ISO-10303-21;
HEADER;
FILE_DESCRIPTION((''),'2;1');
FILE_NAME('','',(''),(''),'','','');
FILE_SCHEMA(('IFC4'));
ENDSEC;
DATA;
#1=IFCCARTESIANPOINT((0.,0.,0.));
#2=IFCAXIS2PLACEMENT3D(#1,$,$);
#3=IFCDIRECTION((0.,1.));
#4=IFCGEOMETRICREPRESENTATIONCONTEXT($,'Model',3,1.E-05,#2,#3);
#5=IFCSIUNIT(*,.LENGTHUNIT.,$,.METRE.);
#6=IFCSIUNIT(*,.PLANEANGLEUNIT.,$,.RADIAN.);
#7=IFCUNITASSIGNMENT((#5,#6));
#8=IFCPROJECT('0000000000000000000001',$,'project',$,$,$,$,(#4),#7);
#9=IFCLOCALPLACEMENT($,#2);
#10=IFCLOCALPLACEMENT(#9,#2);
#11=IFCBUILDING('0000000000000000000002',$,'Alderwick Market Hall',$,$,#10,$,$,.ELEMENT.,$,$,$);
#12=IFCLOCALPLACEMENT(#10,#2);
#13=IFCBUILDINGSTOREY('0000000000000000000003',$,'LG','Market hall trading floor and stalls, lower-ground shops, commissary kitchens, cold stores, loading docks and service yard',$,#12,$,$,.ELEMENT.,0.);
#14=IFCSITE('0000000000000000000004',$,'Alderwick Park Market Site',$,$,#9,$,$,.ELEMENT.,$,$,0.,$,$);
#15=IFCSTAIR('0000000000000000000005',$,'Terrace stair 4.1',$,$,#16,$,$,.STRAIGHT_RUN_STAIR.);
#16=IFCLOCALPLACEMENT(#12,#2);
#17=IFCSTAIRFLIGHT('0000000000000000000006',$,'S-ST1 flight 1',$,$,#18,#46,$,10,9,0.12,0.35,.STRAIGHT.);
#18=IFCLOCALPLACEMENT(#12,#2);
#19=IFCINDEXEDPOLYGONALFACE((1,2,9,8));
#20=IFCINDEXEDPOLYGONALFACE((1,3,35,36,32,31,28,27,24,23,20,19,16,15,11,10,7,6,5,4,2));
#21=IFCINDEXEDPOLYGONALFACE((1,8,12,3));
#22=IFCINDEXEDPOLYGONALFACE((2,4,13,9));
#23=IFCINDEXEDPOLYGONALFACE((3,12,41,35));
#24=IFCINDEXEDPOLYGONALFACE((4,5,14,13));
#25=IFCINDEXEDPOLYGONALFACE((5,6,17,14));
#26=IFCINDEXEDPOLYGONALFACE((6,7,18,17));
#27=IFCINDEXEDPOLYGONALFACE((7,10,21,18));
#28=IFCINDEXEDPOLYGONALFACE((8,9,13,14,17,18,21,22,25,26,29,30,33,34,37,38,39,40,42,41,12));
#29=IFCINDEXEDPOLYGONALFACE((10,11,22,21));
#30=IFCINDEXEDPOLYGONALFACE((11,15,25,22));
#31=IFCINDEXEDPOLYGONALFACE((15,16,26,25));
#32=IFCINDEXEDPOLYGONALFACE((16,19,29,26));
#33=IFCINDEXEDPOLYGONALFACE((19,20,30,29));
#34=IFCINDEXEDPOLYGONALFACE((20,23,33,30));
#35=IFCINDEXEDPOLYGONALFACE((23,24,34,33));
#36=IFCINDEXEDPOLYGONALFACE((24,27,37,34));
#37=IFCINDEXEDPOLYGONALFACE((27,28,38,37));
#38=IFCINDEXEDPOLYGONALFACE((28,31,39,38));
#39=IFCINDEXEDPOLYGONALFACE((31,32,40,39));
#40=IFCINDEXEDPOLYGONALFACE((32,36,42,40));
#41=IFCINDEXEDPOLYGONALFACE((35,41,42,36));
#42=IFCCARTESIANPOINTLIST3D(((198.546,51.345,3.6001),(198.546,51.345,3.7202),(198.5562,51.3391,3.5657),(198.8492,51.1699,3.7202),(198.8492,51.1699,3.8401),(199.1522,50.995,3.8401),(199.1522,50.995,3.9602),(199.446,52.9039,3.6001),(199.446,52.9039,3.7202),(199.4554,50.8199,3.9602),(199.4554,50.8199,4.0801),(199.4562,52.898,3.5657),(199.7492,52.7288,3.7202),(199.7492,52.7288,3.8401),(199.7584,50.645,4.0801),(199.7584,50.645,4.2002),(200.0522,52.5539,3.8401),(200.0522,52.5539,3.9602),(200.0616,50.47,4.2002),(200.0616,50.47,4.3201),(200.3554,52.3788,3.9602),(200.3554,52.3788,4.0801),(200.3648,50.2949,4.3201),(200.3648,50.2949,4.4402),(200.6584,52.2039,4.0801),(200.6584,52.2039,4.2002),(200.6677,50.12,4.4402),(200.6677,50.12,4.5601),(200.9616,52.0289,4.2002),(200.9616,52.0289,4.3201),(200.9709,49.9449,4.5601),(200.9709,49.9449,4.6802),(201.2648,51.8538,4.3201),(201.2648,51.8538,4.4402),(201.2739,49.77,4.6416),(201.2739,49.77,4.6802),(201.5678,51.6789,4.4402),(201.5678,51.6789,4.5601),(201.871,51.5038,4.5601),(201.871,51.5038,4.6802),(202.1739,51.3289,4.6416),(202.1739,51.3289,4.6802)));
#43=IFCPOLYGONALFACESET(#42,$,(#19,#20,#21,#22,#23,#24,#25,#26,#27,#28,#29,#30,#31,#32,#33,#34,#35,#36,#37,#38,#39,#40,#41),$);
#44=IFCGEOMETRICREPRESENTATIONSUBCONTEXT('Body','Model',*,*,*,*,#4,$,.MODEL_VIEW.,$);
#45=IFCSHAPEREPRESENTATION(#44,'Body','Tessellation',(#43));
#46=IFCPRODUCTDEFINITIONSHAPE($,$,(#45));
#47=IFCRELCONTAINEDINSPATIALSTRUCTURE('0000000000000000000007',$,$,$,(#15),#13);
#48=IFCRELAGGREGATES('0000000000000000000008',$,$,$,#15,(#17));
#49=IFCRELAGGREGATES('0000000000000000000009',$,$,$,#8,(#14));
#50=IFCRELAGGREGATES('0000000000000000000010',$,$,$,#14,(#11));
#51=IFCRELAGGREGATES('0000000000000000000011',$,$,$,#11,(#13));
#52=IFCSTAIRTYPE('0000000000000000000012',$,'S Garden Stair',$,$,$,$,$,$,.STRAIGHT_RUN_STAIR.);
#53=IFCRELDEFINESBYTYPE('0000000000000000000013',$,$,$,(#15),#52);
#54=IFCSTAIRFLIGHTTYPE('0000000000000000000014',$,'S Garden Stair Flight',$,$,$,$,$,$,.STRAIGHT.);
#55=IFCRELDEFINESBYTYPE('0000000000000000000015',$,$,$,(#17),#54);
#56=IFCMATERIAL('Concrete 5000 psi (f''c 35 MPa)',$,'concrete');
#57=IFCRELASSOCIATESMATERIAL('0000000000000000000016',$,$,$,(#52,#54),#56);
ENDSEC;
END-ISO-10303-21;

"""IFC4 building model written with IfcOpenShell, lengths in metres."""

from ifc_helpers import new_model, si_unit, direction, frame, origin, place, context, subcontext, project, spatial, polyline, outline, extrude, material, type_object, element, aggregate, save


model = new_model("IFC4")

# Units and contexts
model_context = context("Model", 3, precision=1e-05, world=origin(), true_north=direction((0.0, 1.0)))
body_context = subcontext(model_context, "Body", "Model", "MODEL_VIEW")
ifc_project = project(units=[si_unit("LENGTHUNIT", "METRE"), si_unit("PLANEANGLEUNIT", "RADIAN")], contexts=[model_context])

# Site, building, storey
site_placement = place(None, origin())
site = spatial("IfcSite", under=ifc_project, at=site_placement, Name="Alderwick Park Market Site", CompositionType="ELEMENT", RefElevation=0.0)
building_placement = place(site_placement, origin())
building = spatial("IfcBuilding", under=site, at=building_placement, Name="Alderwick Market Hall", CompositionType="ELEMENT")
storey_placement = place(building_placement, origin())
storey = spatial("IfcBuildingStorey", under=building, at=storey_placement, Name="LG", Description="Market hall trading floor and stalls, lower-ground shops, commissary kitchens, cold stores, loading docks and service yard", CompositionType="ELEMENT", Elevation=0.0)

# Shared definitions
ifc_material_1 = material(Name="Concrete 5000 psi (f'c 35 MPa)", Category="concrete")

# Stair, stair flight
stair_type = type_object("IfcStairType", Name="S Garden Stair", PredefinedType="STRAIGHT_RUN_STAIR", material=ifc_material_1)
stair_flight_type = type_object("IfcStairFlightType", Name="S Garden Stair Flight", PredefinedType="STRAIGHT", material=ifc_material_1)
stair_1_placement = place(storey_placement, origin())
stair_1 = element("IfcStair", 1, at=stair_1_placement, inside=storey, type_object=stair_type, Name="Terrace stair 4.1", PredefinedType="STRAIGHT_RUN_STAIR")
stair_flight_1_placement = place(storey_placement, frame((198.9961, 52.1245, 3.6001), z_axis=(0.0, 0.0, 1.0), x_axis=(0.866025, -0.5, 0.0)))
stair_flight_1 = element("IfcStairFlight", 2, at=stair_flight_1_placement, type_object=stair_flight_type, Name="S-ST1 flight 1", NumberOfRisers=10, NumberOfTreads=9, PredefinedType="STRAIGHT", RiserHeight=0.12, TreadLength=0.35, context=body_context, shape_type="SweptSolid", body=[
    extrude(outline(polyline([(0.0117, -0.0344), (0.0, 0.0), (0.0, 0.1201), (0.3501, 0.1201), (0.3501, 0.24), (0.7, 0.24), (0.7, 0.3601), (1.05, 0.3601), (1.05, 0.48), (1.3999, 0.48), (1.3999, 0.6001), (1.75, 0.6001), (1.75, 0.72), (2.1001, 0.72), (2.1001, 0.8401), (2.45, 0.8401), (2.45, 0.96), (2.8, 0.96), (2.8, 1.0801), (3.1499, 1.0801), (3.1499, 1.0415), (0.0117, -0.0344)])), frame((0.0, 0.8999, 0.0), z_axis=(0.0, -1.0, 0.0), x_axis=(1.0, 0.0, 0.0)), (0.0, 0.0, 1.0), 1.8),
])

aggregate(stair_1, [stair_flight_1])

save(model, "model.ifc")
